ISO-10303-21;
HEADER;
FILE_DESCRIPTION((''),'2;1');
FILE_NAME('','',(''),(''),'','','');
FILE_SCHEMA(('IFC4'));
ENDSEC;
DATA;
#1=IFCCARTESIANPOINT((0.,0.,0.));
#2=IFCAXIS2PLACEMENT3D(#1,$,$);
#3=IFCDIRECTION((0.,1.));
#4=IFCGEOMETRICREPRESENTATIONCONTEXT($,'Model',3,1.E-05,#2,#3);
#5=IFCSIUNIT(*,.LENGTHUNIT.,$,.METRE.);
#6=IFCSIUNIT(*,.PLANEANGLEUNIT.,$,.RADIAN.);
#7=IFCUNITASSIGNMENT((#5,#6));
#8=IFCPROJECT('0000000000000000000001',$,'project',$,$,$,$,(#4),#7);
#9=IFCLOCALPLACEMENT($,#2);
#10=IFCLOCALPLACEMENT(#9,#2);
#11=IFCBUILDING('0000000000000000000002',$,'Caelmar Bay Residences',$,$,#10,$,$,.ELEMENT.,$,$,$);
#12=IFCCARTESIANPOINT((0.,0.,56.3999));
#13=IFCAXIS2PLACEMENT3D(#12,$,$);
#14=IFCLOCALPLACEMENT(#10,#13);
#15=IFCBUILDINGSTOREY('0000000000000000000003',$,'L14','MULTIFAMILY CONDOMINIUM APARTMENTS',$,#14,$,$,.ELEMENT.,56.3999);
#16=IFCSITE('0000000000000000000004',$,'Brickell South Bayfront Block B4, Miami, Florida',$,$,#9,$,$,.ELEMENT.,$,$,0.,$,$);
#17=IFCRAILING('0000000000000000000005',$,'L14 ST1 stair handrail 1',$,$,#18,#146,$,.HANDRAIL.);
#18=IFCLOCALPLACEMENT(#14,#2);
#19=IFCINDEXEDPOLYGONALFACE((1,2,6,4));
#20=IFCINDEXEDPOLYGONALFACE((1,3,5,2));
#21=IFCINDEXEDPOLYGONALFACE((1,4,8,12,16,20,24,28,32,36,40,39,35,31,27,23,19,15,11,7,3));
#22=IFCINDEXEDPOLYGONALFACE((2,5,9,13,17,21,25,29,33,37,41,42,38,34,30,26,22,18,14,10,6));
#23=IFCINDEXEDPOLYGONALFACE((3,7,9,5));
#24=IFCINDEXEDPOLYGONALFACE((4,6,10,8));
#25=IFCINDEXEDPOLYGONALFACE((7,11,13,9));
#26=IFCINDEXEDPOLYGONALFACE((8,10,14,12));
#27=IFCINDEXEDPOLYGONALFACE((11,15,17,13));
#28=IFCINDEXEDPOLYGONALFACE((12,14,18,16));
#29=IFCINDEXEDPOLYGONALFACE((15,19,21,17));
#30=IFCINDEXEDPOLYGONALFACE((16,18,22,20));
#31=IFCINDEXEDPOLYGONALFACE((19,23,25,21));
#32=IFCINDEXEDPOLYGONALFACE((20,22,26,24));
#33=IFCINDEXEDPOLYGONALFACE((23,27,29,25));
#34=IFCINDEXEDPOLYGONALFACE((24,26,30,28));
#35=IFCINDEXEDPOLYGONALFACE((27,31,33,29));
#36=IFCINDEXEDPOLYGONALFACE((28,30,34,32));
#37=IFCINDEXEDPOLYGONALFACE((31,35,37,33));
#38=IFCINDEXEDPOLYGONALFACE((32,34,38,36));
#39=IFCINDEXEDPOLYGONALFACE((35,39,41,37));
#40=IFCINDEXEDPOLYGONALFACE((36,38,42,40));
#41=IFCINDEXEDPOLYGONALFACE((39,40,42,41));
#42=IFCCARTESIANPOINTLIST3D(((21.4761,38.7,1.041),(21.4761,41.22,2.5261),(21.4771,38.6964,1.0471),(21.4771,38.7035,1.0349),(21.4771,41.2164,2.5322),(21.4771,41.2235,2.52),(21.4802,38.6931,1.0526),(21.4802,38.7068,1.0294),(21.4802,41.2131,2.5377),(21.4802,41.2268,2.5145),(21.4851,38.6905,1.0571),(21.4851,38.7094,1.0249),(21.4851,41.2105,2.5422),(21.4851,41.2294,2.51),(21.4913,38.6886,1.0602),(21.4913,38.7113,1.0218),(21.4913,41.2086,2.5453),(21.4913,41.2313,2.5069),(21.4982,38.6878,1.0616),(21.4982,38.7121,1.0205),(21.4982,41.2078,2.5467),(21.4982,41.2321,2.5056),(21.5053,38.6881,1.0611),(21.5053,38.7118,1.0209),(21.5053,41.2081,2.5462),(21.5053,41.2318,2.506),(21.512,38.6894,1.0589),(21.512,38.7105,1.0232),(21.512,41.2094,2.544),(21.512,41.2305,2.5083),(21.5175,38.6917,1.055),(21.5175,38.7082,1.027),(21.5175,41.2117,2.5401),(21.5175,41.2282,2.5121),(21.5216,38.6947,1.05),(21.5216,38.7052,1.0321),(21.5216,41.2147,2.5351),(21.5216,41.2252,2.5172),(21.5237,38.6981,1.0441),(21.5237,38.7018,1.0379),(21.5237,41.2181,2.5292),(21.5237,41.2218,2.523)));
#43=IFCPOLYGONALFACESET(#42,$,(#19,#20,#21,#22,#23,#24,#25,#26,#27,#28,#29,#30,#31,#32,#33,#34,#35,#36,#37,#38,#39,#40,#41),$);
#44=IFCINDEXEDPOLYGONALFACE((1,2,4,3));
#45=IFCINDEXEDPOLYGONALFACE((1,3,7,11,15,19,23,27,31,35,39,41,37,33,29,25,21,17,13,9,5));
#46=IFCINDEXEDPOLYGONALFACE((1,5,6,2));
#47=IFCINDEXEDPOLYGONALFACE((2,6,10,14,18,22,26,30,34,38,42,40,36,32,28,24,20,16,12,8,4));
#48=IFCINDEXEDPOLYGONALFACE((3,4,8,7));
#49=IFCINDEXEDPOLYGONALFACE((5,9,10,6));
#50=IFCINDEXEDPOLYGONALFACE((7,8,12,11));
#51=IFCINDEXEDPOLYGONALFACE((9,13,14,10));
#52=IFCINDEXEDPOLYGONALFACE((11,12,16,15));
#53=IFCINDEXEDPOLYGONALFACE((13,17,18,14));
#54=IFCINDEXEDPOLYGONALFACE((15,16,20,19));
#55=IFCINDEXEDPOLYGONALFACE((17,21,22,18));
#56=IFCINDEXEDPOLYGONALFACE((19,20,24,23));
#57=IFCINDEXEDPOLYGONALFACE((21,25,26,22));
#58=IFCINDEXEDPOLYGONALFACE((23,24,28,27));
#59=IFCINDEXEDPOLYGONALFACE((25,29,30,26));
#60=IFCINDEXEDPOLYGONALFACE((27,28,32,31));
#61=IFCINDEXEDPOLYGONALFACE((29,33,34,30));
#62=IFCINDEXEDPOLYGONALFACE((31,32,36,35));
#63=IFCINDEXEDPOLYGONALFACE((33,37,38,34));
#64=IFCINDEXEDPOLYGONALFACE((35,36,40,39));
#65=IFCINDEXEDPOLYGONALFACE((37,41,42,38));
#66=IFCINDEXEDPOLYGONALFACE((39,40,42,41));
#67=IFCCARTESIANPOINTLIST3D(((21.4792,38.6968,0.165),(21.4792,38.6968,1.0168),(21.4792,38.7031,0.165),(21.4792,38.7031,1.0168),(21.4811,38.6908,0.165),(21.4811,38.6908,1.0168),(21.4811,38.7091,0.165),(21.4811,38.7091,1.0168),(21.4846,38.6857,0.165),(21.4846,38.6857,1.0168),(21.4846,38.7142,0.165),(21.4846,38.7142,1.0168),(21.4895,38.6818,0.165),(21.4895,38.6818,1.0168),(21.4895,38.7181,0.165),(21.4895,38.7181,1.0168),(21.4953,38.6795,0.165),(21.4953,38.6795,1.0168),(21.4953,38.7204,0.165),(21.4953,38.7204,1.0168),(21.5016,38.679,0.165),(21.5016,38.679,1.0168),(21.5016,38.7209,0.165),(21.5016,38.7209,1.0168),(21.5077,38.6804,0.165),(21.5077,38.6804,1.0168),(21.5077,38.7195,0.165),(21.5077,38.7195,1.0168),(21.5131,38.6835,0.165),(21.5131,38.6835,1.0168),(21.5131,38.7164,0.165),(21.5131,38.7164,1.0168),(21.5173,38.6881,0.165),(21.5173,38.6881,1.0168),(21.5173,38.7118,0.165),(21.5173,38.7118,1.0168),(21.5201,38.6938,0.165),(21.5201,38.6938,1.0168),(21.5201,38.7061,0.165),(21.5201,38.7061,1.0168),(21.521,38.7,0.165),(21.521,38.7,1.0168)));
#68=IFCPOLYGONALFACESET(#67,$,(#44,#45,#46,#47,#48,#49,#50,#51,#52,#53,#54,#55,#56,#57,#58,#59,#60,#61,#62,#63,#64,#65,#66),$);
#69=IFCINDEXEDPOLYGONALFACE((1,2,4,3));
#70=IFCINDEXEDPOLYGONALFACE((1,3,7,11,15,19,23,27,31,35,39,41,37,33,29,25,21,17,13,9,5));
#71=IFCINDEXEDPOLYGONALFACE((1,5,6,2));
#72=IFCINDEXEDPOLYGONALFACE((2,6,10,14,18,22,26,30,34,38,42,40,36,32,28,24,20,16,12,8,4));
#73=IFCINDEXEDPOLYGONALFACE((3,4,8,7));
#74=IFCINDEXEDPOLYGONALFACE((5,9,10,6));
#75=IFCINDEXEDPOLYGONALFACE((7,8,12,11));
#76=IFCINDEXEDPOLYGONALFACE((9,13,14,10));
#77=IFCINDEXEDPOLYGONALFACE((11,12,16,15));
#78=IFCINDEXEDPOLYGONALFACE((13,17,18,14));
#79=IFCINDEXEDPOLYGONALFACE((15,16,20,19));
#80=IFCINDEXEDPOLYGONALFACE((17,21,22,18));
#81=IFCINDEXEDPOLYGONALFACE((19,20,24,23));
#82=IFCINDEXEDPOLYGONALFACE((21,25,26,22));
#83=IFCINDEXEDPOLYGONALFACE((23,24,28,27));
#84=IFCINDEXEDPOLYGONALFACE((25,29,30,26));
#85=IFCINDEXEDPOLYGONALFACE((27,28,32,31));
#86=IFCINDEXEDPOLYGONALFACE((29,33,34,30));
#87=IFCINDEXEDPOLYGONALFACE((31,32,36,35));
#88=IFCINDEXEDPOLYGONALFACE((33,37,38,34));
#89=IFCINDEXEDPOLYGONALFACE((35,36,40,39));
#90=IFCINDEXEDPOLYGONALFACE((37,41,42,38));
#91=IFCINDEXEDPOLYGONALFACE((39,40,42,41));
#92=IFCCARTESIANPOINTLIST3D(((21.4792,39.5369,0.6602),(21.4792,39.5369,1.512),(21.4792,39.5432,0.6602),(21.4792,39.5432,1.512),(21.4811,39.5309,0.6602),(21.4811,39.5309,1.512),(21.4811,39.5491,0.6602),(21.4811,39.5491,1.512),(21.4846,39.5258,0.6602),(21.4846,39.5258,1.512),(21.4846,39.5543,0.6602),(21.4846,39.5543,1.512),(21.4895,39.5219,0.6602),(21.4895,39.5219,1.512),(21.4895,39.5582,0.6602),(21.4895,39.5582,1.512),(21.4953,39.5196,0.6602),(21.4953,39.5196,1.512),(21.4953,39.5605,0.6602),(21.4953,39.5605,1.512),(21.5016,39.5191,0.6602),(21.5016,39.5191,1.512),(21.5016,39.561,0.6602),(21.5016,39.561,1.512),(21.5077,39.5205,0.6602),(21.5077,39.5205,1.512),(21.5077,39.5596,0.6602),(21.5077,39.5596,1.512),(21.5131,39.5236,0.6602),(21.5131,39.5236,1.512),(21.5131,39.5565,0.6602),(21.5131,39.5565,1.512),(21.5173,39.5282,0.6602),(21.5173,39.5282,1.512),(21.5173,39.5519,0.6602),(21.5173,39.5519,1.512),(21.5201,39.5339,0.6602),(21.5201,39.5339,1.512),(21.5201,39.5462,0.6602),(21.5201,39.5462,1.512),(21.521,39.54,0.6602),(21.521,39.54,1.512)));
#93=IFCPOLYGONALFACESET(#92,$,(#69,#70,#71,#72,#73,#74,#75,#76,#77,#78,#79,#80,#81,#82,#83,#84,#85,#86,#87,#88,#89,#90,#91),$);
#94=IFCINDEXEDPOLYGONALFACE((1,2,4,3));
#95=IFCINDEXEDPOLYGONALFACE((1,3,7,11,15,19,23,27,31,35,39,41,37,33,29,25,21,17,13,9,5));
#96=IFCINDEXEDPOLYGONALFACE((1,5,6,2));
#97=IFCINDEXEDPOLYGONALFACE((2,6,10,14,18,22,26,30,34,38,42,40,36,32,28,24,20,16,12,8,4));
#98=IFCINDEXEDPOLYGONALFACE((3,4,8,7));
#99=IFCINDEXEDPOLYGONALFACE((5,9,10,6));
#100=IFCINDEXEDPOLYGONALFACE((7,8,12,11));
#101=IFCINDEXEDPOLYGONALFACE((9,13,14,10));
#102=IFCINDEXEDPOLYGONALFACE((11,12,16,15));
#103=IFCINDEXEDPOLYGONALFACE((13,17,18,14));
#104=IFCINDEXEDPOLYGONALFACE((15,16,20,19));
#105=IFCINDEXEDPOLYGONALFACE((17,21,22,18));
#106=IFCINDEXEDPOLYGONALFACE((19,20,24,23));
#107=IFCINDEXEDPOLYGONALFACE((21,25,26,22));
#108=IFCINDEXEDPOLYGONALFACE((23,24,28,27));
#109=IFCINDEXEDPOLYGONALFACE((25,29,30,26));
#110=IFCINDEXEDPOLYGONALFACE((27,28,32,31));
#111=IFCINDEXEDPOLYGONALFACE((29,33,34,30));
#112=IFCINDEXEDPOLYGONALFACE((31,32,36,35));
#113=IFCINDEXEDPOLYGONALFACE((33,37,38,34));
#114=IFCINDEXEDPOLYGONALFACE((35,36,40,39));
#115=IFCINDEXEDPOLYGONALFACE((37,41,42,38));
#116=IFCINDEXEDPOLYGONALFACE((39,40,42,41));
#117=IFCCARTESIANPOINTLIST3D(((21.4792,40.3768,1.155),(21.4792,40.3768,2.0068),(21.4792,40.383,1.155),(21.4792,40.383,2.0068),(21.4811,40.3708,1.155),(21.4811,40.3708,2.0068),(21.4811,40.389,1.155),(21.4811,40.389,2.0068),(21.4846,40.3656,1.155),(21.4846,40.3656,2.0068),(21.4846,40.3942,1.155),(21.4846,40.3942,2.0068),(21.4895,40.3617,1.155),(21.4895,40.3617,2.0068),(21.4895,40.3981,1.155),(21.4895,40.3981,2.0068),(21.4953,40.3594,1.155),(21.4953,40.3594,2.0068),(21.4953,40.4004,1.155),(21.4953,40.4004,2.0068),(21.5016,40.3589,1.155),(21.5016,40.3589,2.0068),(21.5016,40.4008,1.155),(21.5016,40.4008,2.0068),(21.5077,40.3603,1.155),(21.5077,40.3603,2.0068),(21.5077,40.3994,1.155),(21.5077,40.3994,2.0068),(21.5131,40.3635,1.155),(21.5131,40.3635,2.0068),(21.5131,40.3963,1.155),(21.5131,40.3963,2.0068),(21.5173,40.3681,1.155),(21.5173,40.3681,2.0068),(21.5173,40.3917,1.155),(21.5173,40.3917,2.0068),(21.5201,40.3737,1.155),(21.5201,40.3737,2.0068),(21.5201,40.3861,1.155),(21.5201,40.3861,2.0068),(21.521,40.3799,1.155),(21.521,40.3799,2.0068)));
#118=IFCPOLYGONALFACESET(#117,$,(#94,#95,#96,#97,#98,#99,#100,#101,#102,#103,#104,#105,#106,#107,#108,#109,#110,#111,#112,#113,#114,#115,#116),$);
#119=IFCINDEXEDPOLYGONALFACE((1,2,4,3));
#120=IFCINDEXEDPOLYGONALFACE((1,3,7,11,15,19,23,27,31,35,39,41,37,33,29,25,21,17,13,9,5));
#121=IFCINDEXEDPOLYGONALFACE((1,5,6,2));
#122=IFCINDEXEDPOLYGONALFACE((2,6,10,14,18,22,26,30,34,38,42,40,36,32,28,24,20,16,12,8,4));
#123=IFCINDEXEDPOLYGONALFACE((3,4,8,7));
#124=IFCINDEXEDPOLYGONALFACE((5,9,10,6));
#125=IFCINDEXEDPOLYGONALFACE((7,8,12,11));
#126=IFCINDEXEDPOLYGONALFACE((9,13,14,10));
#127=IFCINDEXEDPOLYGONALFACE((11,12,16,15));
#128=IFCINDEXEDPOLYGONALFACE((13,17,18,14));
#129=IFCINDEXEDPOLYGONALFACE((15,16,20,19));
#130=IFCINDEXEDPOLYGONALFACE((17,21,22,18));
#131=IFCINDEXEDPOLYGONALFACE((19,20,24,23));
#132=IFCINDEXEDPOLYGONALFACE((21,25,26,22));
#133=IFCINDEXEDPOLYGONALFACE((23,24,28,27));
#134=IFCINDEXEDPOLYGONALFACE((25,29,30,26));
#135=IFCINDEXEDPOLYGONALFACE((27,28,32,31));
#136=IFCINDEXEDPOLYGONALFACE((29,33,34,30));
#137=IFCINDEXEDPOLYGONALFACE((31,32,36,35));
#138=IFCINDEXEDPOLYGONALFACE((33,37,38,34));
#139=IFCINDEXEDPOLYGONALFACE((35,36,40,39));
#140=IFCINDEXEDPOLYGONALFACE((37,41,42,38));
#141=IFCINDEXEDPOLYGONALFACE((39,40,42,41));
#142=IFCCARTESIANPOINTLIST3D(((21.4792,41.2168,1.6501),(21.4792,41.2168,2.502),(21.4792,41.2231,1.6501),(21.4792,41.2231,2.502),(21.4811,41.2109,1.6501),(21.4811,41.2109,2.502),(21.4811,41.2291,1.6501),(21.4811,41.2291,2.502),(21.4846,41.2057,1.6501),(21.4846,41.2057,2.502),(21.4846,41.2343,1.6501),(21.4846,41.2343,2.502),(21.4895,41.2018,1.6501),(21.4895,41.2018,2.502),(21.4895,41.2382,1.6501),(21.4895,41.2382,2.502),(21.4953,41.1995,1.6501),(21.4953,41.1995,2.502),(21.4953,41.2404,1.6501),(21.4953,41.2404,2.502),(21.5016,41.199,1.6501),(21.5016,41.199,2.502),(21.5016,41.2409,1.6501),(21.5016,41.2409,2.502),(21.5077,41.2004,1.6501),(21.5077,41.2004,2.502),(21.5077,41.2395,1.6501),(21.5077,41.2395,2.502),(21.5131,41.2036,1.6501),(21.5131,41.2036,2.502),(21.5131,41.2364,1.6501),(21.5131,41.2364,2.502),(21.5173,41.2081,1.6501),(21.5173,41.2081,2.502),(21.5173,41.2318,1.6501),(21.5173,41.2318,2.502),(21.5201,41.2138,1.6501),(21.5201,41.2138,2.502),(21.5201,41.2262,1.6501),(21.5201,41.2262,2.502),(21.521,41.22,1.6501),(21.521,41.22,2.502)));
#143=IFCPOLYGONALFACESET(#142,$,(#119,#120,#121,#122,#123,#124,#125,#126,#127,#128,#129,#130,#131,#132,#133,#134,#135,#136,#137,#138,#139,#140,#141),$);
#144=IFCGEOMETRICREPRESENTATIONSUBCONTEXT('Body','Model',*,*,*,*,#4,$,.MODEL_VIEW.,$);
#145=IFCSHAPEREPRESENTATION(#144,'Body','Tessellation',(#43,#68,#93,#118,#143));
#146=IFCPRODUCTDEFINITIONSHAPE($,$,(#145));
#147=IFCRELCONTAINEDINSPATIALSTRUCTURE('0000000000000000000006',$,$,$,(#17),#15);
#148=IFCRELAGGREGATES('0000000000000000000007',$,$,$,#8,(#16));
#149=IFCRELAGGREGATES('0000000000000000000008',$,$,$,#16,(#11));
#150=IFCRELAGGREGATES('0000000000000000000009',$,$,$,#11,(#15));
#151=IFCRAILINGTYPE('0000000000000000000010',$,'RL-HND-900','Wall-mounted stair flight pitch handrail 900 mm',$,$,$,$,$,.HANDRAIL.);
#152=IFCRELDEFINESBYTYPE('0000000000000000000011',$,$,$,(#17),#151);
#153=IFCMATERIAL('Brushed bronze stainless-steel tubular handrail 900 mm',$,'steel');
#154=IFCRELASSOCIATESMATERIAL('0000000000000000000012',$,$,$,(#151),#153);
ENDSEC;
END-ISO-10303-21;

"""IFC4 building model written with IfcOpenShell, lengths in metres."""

from ifc_helpers import new_model, si_unit, direction, frame, origin, origin_2d, place, context, subcontext, project, spatial, circle, extrude, material, type_object, element, save


model = new_model("IFC4")

# Units and contexts
model_context = context("Model", 3, precision=1e-05, world=origin(), true_north=direction((0.0, 1.0)))
body_context = subcontext(model_context, "Body", "Model", "MODEL_VIEW")
ifc_project = project(units=[si_unit("LENGTHUNIT", "METRE"), si_unit("PLANEANGLEUNIT", "RADIAN")], contexts=[model_context])

# Site, building, storey
site_placement = place(None, origin())
site = spatial("IfcSite", under=ifc_project, at=site_placement, Name="Brickell South Bayfront Block B4, Miami, Florida", CompositionType="ELEMENT", RefElevation=0.0)
building_placement = place(site_placement, origin())
building = spatial("IfcBuilding", under=site, at=building_placement, Name="Caelmar Bay Residences", CompositionType="ELEMENT")
storey_placement = place(building_placement, frame((0.0, 0.0, 56.3999)))
storey = spatial("IfcBuildingStorey", under=building, at=storey_placement, Name="L14", Description="MULTIFAMILY CONDOMINIUM APARTMENTS", CompositionType="ELEMENT", Elevation=56.3999)

# Railing
ifc_material_1 = material(Name="Brushed bronze stainless-steel tubular handrail 900 mm", Category="steel")
railing_type_1 = type_object("IfcRailingType", Name="RL-HND-900", Description="Wall-mounted stair flight pitch handrail 900 mm", PredefinedType="HANDRAIL", material=ifc_material_1)
railing_1_placement = place(storey_placement, frame((21.5, 38.7, 0.165)))
element("IfcRailing", 1, at=railing_1_placement, inside=storey, type_object=railing_type_1, Name="L14 ST1 stair handrail 1", PredefinedType="HANDRAIL", context=body_context, shape_type="SweptSolid", body=[
    extrude(circle(Radius=0.0239, at=origin_2d()), frame((0.0, 0.0, 0.876), z_axis=(0.0, 0.861524, 0.507717), x_axis=(-1.0, 0.0, 0.0)), (0.0, 0.0, 1.0), 2.925),
    extrude(circle(Radius=0.021, at=origin_2d()), origin(), (0.0, 0.0, 1.0), 0.8518),
    extrude(circle(Radius=0.021, at=origin_2d()), frame((0.0, 0.8401, 0.4951)), (0.0, 0.0, 1.0), 0.8518),
    extrude(circle(Radius=0.021, at=origin_2d()), frame((0.0, 1.6799, 0.99)), (0.0, 0.0, 1.0), 0.8518),
    extrude(circle(Radius=0.021, at=origin_2d()), frame((0.0, 2.52, 1.4851)), (0.0, 0.0, 1.0), 0.8518),
])

save(model, "model.ifc")
